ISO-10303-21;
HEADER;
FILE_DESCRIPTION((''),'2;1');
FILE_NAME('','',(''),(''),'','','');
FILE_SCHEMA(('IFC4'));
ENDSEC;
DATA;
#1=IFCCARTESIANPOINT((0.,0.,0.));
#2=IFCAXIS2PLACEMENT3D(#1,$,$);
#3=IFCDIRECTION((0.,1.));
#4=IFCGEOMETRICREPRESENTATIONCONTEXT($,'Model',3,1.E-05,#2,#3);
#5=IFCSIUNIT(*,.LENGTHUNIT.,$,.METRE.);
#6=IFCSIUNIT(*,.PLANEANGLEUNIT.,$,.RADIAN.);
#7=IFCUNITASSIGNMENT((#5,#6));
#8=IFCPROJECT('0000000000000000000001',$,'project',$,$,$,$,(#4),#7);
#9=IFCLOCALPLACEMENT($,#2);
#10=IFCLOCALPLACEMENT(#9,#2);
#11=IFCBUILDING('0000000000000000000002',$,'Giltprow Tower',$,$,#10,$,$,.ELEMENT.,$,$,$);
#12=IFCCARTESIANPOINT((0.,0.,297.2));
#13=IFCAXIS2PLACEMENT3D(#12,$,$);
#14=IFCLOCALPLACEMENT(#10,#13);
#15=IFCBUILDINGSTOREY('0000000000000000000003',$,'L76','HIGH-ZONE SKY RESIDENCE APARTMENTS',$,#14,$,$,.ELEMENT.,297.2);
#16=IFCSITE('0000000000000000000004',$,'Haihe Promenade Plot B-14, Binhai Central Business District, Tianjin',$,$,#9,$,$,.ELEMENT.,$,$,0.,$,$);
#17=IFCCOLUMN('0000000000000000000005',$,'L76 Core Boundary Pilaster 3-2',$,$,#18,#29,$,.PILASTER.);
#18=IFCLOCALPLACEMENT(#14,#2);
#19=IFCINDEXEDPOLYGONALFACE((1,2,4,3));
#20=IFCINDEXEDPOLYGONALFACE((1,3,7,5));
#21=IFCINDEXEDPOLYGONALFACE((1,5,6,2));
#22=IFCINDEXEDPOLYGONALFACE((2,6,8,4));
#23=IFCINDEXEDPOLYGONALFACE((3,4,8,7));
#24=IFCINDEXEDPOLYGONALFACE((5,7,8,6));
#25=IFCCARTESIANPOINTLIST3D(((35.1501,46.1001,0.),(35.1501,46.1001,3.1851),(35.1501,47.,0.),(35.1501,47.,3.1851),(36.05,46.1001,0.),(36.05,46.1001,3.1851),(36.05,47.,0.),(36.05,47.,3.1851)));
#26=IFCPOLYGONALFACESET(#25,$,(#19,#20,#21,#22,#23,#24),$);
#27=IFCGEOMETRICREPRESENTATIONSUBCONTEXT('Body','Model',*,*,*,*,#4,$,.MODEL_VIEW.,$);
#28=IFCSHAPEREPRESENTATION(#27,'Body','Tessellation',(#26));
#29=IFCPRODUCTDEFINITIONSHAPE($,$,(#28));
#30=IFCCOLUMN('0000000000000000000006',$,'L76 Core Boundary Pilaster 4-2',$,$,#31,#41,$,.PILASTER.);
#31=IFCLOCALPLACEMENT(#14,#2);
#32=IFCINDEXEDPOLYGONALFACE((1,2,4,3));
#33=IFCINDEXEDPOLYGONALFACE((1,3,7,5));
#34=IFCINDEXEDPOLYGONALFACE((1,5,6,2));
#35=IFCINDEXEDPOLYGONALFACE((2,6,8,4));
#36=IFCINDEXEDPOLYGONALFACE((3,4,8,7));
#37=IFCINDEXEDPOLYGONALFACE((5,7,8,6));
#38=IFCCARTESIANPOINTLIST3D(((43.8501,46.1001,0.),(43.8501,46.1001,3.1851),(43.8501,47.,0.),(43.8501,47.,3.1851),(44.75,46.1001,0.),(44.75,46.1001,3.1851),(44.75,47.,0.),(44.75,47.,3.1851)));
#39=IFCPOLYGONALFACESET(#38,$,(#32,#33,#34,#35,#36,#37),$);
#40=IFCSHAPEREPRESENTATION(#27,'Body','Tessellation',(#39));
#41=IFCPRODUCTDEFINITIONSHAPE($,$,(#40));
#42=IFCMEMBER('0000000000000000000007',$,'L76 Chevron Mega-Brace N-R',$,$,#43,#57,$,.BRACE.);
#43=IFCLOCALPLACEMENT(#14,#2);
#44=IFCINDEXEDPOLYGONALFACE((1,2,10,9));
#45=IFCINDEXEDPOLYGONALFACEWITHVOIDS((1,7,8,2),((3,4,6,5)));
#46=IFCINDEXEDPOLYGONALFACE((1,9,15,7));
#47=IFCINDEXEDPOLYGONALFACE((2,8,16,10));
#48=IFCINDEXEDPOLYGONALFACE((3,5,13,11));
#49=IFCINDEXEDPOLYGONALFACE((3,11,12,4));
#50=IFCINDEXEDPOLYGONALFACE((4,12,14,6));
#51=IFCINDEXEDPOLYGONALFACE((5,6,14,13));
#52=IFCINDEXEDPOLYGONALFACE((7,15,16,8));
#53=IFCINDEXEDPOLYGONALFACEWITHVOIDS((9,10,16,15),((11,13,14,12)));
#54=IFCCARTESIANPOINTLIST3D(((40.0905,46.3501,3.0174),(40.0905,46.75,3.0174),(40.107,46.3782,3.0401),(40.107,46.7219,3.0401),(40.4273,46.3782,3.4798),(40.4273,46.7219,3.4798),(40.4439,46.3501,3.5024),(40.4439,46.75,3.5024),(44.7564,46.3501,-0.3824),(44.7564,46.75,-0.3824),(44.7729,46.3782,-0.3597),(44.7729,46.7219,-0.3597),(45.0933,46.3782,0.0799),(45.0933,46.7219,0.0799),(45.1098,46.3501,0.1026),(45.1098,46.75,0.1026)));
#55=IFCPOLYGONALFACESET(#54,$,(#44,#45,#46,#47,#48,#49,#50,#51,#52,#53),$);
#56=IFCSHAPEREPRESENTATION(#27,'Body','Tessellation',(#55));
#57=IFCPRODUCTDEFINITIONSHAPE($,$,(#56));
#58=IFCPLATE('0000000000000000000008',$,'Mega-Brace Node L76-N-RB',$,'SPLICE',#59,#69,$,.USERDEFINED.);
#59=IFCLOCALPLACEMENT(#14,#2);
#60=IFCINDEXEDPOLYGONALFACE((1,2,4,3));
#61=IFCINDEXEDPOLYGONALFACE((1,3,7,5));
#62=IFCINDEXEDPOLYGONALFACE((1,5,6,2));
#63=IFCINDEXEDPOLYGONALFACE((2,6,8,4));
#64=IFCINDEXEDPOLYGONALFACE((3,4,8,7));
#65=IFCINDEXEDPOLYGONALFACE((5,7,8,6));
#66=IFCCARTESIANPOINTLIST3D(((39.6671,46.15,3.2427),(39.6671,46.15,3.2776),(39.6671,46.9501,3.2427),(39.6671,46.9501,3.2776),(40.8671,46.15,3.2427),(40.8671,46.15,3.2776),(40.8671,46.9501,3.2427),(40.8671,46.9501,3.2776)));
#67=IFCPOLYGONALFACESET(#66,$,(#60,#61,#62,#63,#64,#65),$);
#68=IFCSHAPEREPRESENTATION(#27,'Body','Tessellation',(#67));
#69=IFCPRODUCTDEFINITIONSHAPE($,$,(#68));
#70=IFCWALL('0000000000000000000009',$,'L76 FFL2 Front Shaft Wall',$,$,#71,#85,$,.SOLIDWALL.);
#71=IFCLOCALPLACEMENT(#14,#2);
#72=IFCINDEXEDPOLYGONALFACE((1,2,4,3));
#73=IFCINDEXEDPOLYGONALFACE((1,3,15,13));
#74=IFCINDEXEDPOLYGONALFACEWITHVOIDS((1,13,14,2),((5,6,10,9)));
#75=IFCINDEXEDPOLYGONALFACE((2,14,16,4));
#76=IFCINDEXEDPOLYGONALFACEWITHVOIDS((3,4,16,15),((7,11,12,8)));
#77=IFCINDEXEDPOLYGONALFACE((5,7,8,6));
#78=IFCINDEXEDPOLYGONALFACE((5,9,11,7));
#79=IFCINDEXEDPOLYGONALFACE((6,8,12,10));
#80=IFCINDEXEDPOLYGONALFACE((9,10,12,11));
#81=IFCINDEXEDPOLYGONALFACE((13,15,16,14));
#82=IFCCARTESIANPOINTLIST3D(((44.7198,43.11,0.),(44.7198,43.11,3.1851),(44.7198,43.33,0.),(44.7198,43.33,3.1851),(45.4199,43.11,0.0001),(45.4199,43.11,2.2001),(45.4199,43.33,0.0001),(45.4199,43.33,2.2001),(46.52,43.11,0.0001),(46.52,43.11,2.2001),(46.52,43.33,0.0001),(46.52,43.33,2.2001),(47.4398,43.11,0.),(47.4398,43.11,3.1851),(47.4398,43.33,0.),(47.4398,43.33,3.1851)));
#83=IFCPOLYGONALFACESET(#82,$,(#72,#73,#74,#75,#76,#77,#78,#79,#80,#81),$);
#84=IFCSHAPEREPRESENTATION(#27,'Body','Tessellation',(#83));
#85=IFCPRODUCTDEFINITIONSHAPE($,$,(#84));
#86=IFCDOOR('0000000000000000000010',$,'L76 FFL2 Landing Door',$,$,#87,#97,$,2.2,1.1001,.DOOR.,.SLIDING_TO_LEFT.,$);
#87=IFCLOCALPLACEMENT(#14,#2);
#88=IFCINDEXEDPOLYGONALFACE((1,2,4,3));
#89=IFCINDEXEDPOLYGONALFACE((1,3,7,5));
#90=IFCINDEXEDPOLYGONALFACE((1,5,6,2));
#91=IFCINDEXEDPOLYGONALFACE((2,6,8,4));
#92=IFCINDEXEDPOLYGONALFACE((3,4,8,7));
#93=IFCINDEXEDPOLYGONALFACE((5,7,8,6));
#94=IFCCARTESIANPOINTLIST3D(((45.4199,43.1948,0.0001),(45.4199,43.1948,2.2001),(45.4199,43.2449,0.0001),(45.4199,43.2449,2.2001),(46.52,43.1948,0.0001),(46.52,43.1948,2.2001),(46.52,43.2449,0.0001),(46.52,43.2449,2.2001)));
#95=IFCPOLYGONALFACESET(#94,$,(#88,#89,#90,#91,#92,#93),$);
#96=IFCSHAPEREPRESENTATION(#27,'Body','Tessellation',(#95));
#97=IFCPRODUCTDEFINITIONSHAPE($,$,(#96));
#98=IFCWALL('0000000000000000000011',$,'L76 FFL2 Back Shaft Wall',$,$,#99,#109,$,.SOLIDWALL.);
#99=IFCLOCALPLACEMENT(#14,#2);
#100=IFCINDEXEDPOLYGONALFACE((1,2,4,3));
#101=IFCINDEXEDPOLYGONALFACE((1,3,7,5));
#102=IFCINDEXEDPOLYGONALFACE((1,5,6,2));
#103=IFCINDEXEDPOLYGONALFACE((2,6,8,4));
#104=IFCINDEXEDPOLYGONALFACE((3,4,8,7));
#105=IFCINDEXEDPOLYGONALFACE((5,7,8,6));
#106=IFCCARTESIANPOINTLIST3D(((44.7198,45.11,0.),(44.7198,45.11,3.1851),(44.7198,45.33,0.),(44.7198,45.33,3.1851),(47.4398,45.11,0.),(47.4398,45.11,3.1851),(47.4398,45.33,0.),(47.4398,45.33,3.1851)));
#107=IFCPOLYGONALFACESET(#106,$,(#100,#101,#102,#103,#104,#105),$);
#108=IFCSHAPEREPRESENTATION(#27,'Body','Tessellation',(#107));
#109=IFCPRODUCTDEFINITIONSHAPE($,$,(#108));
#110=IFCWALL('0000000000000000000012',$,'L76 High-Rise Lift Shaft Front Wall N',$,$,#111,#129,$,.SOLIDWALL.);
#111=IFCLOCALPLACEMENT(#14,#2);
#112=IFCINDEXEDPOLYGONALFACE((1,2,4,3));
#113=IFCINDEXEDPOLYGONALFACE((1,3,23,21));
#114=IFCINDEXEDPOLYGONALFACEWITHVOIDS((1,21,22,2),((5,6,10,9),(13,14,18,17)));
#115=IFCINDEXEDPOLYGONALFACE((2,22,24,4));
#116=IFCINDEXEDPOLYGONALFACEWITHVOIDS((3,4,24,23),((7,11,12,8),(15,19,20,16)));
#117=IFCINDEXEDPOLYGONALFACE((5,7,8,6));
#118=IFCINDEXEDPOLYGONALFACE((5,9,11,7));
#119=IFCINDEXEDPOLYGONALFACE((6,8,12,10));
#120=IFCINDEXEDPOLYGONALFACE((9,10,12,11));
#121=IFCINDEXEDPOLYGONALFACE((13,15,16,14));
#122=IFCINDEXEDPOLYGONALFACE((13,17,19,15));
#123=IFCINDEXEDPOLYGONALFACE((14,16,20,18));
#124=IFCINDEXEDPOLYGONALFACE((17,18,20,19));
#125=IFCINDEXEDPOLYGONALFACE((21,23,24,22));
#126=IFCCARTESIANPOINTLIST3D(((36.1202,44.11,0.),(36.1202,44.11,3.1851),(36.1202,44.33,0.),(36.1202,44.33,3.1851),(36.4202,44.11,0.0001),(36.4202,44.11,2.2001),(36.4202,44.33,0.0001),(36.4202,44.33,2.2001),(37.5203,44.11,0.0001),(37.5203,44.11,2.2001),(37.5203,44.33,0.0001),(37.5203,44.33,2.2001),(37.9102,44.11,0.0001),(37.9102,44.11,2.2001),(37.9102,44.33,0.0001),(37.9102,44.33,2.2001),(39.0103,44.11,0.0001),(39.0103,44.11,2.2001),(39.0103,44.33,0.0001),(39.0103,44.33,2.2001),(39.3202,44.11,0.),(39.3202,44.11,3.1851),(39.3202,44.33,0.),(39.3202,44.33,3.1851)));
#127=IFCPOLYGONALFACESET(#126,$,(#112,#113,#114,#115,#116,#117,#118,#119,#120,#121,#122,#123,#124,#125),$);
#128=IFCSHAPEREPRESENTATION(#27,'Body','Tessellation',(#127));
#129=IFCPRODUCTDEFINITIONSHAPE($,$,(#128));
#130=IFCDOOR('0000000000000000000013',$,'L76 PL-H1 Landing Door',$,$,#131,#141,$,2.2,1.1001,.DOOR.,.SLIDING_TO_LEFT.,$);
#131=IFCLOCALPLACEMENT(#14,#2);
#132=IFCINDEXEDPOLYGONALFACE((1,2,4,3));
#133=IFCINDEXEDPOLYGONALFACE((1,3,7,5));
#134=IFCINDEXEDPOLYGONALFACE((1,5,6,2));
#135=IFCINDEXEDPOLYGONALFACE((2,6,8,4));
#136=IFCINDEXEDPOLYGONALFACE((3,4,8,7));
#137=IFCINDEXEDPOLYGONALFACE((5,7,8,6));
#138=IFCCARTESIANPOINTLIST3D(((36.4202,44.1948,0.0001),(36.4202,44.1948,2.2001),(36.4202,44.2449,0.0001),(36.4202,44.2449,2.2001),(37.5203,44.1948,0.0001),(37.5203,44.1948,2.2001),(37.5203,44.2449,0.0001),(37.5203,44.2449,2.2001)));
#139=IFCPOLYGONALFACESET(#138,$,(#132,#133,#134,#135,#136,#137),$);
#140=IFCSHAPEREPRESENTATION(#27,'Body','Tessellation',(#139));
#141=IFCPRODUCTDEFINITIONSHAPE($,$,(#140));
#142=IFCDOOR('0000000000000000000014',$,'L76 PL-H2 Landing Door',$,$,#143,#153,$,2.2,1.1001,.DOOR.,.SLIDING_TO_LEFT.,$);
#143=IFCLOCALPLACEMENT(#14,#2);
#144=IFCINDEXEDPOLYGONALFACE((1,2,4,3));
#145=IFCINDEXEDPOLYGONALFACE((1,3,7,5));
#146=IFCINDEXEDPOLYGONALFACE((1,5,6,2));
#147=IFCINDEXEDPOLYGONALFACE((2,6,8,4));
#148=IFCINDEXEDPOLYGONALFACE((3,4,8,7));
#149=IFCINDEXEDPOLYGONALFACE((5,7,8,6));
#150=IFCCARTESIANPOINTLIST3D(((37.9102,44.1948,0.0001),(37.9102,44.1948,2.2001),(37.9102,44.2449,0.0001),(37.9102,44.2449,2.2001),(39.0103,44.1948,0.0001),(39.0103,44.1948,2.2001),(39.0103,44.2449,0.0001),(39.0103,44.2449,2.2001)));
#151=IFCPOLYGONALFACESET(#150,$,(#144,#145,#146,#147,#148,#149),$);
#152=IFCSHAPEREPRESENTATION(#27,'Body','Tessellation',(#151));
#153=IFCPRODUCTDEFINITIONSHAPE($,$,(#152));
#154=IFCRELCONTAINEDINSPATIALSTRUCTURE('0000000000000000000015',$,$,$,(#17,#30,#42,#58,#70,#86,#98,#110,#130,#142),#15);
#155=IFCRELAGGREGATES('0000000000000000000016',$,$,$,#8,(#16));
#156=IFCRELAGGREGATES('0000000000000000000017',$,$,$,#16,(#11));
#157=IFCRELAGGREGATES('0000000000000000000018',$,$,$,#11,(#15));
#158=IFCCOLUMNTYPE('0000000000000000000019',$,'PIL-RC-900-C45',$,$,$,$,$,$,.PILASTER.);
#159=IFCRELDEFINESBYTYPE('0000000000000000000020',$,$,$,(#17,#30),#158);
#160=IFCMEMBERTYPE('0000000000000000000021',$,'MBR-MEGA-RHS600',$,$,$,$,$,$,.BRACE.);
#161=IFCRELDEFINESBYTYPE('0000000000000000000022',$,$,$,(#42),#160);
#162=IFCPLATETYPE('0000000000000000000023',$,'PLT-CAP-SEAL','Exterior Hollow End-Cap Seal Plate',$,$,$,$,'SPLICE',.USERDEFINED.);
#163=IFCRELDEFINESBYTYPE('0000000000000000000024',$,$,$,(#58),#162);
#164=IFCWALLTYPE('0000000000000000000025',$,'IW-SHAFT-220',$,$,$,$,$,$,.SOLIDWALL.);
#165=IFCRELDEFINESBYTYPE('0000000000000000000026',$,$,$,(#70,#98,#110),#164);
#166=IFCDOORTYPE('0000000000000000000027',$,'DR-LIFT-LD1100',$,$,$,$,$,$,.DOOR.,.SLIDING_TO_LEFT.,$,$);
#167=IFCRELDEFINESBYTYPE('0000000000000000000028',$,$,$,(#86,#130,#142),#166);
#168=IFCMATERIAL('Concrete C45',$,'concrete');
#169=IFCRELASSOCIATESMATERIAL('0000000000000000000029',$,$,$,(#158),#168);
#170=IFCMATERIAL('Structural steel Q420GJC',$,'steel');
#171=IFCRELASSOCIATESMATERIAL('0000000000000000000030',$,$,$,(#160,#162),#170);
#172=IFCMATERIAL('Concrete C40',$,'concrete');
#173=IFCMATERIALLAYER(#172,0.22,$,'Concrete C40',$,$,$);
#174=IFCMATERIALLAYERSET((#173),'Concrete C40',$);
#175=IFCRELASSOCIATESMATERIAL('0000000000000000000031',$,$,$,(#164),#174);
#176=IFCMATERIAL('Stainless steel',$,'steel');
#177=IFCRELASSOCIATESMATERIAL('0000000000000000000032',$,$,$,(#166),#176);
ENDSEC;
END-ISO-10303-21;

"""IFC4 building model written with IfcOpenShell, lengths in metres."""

from ifc_helpers import new_model, si_unit, direction, frame, frame_2d, origin, origin_2d, place, context, subcontext, project, spatial, rectangle, hollow_rectangle, extrude, source, transform, mapped, material, layer, layer_set, material_profile, profile_set, type_object, element, fill, save


model = new_model("IFC4")

# Units and contexts
model_context = context("Model", 3, precision=1e-05, world=origin(), true_north=direction((0.0, 1.0)))
body_context = subcontext(model_context, "Body", "Model", "MODEL_VIEW")
ifc_project = project(units=[si_unit("LENGTHUNIT", "METRE"), si_unit("PLANEANGLEUNIT", "RADIAN")], contexts=[model_context])

# Site, building, storey
site_placement = place(None, origin())
site = spatial("IfcSite", under=ifc_project, at=site_placement, Name="Haihe Promenade Plot B-14, Binhai Central Business District, Tianjin", CompositionType="ELEMENT", RefElevation=0.0)
building_placement = place(site_placement, origin())
building = spatial("IfcBuilding", under=site, at=building_placement, Name="Giltprow Tower", CompositionType="ELEMENT")
storey_placement = place(building_placement, frame((0.0, 0.0, 297.2)))
storey = spatial("IfcBuildingStorey", under=building, at=storey_placement, Name="L76", Description="HIGH-ZONE SKY RESIDENCE APARTMENTS", CompositionType="ELEMENT", Elevation=297.2)

# Columns
ifc_material_1 = material(Name="Concrete C45", Category="concrete")
ifc_material_profile_1 = material_profile(ifc_material_1, rectangle(XDim=0.8999, YDim=0.8999, at=origin_2d()), Name="RC 900x900")
ifc_profile_set_1 = profile_set([ifc_material_profile_1], Name="Concrete C45")
column_type = type_object("IfcColumnType", Name="PIL-RC-900-C45", PredefinedType="PILASTER", material=ifc_profile_set_1)
shared_shape_1 = source(origin(), body_context, "Body", "SweptSolid", [
    extrude(rectangle(XDim=0.8999, YDim=0.8999, at=origin_2d()), origin(), (0.0, 0.0, 1.0), 3.1851),
])
for number, where, z_axis, x_axis, name in (
    (1, (35.6001, 46.55, 0.0), (0.0, 0.0, 1.0), (1.0, 0.0, 0.0), "L76 Core Boundary Pilaster 3-2"),
    (2, (44.3, 46.55, 0.0), (0.0, 0.0, 1.0), (1.0, 0.0, 0.0), "L76 Core Boundary Pilaster 4-2"),
):
    element("IfcColumn", number, at=place(storey_placement, frame(where, z_axis=z_axis, x_axis=x_axis)), inside=storey, type_object=column_type, Name=name, PredefinedType="PILASTER", context=body_context, shape_type="MappedRepresentation", body=[
        mapped(shared_shape_1, transform((0.0, 0.0, 0.0), x_axis=(1.0, 0.0, 0.0), y_axis=(0.0, 1.0, 0.0), z_axis=(0.0, 0.0, 1.0), scale=1.0)),
    ])

# Member
ifc_material_2 = material(Name="Structural steel Q420GJC", Category="steel")
ifc_material_profile_2 = material_profile(ifc_material_2, hollow_rectangle(XDim=0.3999, YDim=0.6001, WallThickness=0.0281, at=origin_2d()), Name="RHS 600x400x28")
ifc_profile_set_2 = profile_set([ifc_material_profile_2], Name="Structural steel Q420GJC")
member_type = type_object("IfcMemberType", Name="MBR-MEGA-RHS600", PredefinedType="BRACE", material=ifc_profile_set_2)
shared_shape_2 = source(origin(), body_context, "Body", "SweptSolid", [
    extrude(hollow_rectangle(XDim=0.3999, YDim=0.6001, WallThickness=0.0281, at=origin_2d()), origin(), (0.0, 0.0, 1.0), 5.7732),
])
member_placement = place(storey_placement, frame((44.9331, 46.55, -0.1399), z_axis=(-0.808205, 0.0, 0.588901), x_axis=(0.0, -1.0, 0.0)))
element("IfcMember", 3, at=member_placement, inside=storey, type_object=member_type, Name="L76 Chevron Mega-Brace N-R", PredefinedType="BRACE", context=body_context, shape_type="MappedRepresentation", body=[
    mapped(shared_shape_2, transform((0.0, 0.0, 0.0), x_axis=(1.0, 0.0, 0.0), y_axis=(0.0, 1.0, 0.0), z_axis=(0.0, 0.0, 1.0), scale=1.0)),
])

# Plate
plate_type = type_object("IfcPlateType", Name="PLT-CAP-SEAL", Description="Exterior Hollow End-Cap Seal Plate", ElementType="SPLICE", PredefinedType="USERDEFINED", material=ifc_material_2)
shared_shape_3 = source(origin(), body_context, "Body", "SweptSolid", [
    extrude(rectangle(XDim=1.2, YDim=0.8, at=origin_2d()), origin(), (0.0, 0.0, 1.0), 0.0349),
])
plate_placement = place(storey_placement, frame((40.2671, 46.55, 3.2427), z_axis=(0.0, 0.0, 1.0), x_axis=(1.0, 0.0, 0.0)))
element("IfcPlate", 4, at=plate_placement, inside=storey, type_object=plate_type, Name="Mega-Brace Node L76-N-RB", ObjectType="SPLICE", PredefinedType="USERDEFINED", context=body_context, shape_type="MappedRepresentation", body=[
    mapped(shared_shape_3, transform((0.0, 0.0, 0.0), x_axis=(1.0, 0.0, 0.0), y_axis=(0.0, 1.0, 0.0), z_axis=(0.0, 0.0, 1.0), scale=1.0)),
])

# Wall, opening, door
ifc_material_3 = material(Name="Concrete C40", Category="concrete")
ifc_layer_1 = layer(ifc_material_3, 0.22, Name="Concrete C40")
ifc_layer_set_1 = layer_set([ifc_layer_1], Name="Concrete C40")
wall_type_1 = type_object("IfcWallType", Name="IW-SHAFT-220", PredefinedType="SOLIDWALL", material=ifc_layer_set_1)
wall_1_placement = place(storey_placement, frame((44.72, 43.22, 0.0), z_axis=(0.0, 0.0, 1.0), x_axis=(1.0, 0.0, 0.0)))
wall_1 = element("IfcWall", 5, at=wall_1_placement, inside=storey, type_object=wall_type_1, Name="L76 FFL2 Front Shaft Wall", PredefinedType="SOLIDWALL", context=body_context, shape_type="SweptSolid", body=[
    extrude(rectangle(XDim=2.72, YDim=0.22, at=frame_2d((1.3599, 0.0))), origin(), (0.0, 0.0, 1.0), 3.1851),
])
opening_1_placement = place(wall_1_placement, frame((0.7, 0.0, 0.0)))
opening_1 = element("IfcOpeningElement", 6, at=opening_1_placement, cuts=wall_1, PredefinedType="OPENING", context=body_context, shape_type="SweptSolid", body=[
    extrude(rectangle(XDim=1.1001, YDim=2.2, at=frame_2d((0.55, 1.1001))), frame((0.0, 0.1199, 0.0), z_axis=(0.0, -1.0, 0.0), x_axis=(1.0, 0.0, 0.0)), (0.0, 0.0, 1.0), 0.24),
])
ifc_material_4 = material(Name="Stainless steel", Category="steel")
door_type = type_object("IfcDoorType", Name="DR-LIFT-LD1100", OperationType="SLIDING_TO_LEFT", PredefinedType="DOOR", material=ifc_material_4)
shared_shape_4 = source(origin(), body_context, "Body", "SweptSolid", [
    extrude(rectangle(XDim=1.1001, YDim=2.2, at=frame_2d((0.55, 1.1001))), frame((0.0, 0.0249, 0.0), z_axis=(0.0, -1.0, 0.0), x_axis=(1.0, 0.0, 0.0)), (0.0, 0.0, 1.0), 0.05),
])
door_1_placement = place(opening_1_placement, origin())
door_1 = element("IfcDoor", 7, at=door_1_placement, inside=storey, type_object=door_type, Name="L76 FFL2 Landing Door", OperationType="SLIDING_TO_LEFT", OverallHeight=2.2, OverallWidth=1.1001, PredefinedType="DOOR", context=body_context, shape_type="MappedRepresentation", body=[
    mapped(shared_shape_4, transform((0.0, 0.0, 0.0), x_axis=(1.0, 0.0, 0.0), y_axis=(0.0, 1.0, 0.0), z_axis=(0.0, 0.0, 1.0), scale=1.0)),
])
fill(opening_1, door_1)

# Wall
wall_2_placement = place(storey_placement, frame((44.72, 45.22, 0.0), z_axis=(0.0, 0.0, 1.0), x_axis=(1.0, 0.0, 0.0)))
element("IfcWall", 8, at=wall_2_placement, inside=storey, type_object=wall_type_1, Name="L76 FFL2 Back Shaft Wall", PredefinedType="SOLIDWALL", context=body_context, shape_type="SweptSolid", body=[
    extrude(rectangle(XDim=2.72, YDim=0.22, at=frame_2d((1.3599, 0.0))), origin(), (0.0, 0.0, 1.0), 3.1851),
])

# Wall, openings, doors
wall_3_placement = place(storey_placement, frame((36.1201, 44.22, 0.0), z_axis=(0.0, 0.0, 1.0), x_axis=(1.0, 0.0, 0.0)))
wall_3 = element("IfcWall", 9, at=wall_3_placement, inside=storey, type_object=wall_type_1, Name="L76 High-Rise Lift Shaft Front Wall N", PredefinedType="SOLIDWALL", context=body_context, shape_type="SweptSolid", body=[
    extrude(rectangle(XDim=3.2, YDim=0.22, at=frame_2d((1.6001, 0.0))), origin(), (0.0, 0.0, 1.0), 3.1851),
])
opening_2_placement = place(wall_3_placement, frame((0.3, 0.0, 0.0)))
opening_2 = element("IfcOpeningElement", 10, at=opening_2_placement, cuts=wall_3, PredefinedType="OPENING", context=body_context, shape_type="SweptSolid", body=[
    extrude(rectangle(XDim=1.1001, YDim=2.2, at=frame_2d((0.55, 1.1001))), frame((0.0, 0.1199, 0.0), z_axis=(0.0, -1.0, 0.0), x_axis=(1.0, 0.0, 0.0)), (0.0, 0.0, 1.0), 0.24),
])
opening_3_placement = place(wall_3_placement, frame((1.79, 0.0, 0.0)))
opening_3 = element("IfcOpeningElement", 11, at=opening_3_placement, cuts=wall_3, PredefinedType="OPENING", context=body_context, shape_type="SweptSolid", body=[
    extrude(rectangle(XDim=1.1001, YDim=2.2, at=frame_2d((0.55, 1.1001))), frame((0.0, 0.1199, 0.0), z_axis=(0.0, -1.0, 0.0), x_axis=(1.0, 0.0, 0.0)), (0.0, 0.0, 1.0), 0.24),
])
door_2_placement = place(opening_2_placement, origin())
door_2 = element("IfcDoor", 12, at=door_2_placement, inside=storey, type_object=door_type, Name="L76 PL-H1 Landing Door", OperationType="SLIDING_TO_LEFT", OverallHeight=2.2, OverallWidth=1.1001, PredefinedType="DOOR", context=body_context, shape_type="MappedRepresentation", body=[
    mapped(shared_shape_4, transform((0.0, 0.0, 0.0), x_axis=(1.0, 0.0, 0.0), y_axis=(0.0, 1.0, 0.0), z_axis=(0.0, 0.0, 1.0), scale=1.0)),
])
fill(opening_2, door_2)
door_3_placement = place(opening_3_placement, origin())
door_3 = element("IfcDoor", 13, at=door_3_placement, inside=storey, type_object=door_type, Name="L76 PL-H2 Landing Door", OperationType="SLIDING_TO_LEFT", OverallHeight=2.2, OverallWidth=1.1001, PredefinedType="DOOR", context=body_context, shape_type="MappedRepresentation", body=[
    mapped(shared_shape_4, transform((0.0, 0.0, 0.0), x_axis=(1.0, 0.0, 0.0), y_axis=(0.0, 1.0, 0.0), z_axis=(0.0, 0.0, 1.0), scale=1.0)),
])
fill(opening_3, door_3)

save(model, "model.ifc")
